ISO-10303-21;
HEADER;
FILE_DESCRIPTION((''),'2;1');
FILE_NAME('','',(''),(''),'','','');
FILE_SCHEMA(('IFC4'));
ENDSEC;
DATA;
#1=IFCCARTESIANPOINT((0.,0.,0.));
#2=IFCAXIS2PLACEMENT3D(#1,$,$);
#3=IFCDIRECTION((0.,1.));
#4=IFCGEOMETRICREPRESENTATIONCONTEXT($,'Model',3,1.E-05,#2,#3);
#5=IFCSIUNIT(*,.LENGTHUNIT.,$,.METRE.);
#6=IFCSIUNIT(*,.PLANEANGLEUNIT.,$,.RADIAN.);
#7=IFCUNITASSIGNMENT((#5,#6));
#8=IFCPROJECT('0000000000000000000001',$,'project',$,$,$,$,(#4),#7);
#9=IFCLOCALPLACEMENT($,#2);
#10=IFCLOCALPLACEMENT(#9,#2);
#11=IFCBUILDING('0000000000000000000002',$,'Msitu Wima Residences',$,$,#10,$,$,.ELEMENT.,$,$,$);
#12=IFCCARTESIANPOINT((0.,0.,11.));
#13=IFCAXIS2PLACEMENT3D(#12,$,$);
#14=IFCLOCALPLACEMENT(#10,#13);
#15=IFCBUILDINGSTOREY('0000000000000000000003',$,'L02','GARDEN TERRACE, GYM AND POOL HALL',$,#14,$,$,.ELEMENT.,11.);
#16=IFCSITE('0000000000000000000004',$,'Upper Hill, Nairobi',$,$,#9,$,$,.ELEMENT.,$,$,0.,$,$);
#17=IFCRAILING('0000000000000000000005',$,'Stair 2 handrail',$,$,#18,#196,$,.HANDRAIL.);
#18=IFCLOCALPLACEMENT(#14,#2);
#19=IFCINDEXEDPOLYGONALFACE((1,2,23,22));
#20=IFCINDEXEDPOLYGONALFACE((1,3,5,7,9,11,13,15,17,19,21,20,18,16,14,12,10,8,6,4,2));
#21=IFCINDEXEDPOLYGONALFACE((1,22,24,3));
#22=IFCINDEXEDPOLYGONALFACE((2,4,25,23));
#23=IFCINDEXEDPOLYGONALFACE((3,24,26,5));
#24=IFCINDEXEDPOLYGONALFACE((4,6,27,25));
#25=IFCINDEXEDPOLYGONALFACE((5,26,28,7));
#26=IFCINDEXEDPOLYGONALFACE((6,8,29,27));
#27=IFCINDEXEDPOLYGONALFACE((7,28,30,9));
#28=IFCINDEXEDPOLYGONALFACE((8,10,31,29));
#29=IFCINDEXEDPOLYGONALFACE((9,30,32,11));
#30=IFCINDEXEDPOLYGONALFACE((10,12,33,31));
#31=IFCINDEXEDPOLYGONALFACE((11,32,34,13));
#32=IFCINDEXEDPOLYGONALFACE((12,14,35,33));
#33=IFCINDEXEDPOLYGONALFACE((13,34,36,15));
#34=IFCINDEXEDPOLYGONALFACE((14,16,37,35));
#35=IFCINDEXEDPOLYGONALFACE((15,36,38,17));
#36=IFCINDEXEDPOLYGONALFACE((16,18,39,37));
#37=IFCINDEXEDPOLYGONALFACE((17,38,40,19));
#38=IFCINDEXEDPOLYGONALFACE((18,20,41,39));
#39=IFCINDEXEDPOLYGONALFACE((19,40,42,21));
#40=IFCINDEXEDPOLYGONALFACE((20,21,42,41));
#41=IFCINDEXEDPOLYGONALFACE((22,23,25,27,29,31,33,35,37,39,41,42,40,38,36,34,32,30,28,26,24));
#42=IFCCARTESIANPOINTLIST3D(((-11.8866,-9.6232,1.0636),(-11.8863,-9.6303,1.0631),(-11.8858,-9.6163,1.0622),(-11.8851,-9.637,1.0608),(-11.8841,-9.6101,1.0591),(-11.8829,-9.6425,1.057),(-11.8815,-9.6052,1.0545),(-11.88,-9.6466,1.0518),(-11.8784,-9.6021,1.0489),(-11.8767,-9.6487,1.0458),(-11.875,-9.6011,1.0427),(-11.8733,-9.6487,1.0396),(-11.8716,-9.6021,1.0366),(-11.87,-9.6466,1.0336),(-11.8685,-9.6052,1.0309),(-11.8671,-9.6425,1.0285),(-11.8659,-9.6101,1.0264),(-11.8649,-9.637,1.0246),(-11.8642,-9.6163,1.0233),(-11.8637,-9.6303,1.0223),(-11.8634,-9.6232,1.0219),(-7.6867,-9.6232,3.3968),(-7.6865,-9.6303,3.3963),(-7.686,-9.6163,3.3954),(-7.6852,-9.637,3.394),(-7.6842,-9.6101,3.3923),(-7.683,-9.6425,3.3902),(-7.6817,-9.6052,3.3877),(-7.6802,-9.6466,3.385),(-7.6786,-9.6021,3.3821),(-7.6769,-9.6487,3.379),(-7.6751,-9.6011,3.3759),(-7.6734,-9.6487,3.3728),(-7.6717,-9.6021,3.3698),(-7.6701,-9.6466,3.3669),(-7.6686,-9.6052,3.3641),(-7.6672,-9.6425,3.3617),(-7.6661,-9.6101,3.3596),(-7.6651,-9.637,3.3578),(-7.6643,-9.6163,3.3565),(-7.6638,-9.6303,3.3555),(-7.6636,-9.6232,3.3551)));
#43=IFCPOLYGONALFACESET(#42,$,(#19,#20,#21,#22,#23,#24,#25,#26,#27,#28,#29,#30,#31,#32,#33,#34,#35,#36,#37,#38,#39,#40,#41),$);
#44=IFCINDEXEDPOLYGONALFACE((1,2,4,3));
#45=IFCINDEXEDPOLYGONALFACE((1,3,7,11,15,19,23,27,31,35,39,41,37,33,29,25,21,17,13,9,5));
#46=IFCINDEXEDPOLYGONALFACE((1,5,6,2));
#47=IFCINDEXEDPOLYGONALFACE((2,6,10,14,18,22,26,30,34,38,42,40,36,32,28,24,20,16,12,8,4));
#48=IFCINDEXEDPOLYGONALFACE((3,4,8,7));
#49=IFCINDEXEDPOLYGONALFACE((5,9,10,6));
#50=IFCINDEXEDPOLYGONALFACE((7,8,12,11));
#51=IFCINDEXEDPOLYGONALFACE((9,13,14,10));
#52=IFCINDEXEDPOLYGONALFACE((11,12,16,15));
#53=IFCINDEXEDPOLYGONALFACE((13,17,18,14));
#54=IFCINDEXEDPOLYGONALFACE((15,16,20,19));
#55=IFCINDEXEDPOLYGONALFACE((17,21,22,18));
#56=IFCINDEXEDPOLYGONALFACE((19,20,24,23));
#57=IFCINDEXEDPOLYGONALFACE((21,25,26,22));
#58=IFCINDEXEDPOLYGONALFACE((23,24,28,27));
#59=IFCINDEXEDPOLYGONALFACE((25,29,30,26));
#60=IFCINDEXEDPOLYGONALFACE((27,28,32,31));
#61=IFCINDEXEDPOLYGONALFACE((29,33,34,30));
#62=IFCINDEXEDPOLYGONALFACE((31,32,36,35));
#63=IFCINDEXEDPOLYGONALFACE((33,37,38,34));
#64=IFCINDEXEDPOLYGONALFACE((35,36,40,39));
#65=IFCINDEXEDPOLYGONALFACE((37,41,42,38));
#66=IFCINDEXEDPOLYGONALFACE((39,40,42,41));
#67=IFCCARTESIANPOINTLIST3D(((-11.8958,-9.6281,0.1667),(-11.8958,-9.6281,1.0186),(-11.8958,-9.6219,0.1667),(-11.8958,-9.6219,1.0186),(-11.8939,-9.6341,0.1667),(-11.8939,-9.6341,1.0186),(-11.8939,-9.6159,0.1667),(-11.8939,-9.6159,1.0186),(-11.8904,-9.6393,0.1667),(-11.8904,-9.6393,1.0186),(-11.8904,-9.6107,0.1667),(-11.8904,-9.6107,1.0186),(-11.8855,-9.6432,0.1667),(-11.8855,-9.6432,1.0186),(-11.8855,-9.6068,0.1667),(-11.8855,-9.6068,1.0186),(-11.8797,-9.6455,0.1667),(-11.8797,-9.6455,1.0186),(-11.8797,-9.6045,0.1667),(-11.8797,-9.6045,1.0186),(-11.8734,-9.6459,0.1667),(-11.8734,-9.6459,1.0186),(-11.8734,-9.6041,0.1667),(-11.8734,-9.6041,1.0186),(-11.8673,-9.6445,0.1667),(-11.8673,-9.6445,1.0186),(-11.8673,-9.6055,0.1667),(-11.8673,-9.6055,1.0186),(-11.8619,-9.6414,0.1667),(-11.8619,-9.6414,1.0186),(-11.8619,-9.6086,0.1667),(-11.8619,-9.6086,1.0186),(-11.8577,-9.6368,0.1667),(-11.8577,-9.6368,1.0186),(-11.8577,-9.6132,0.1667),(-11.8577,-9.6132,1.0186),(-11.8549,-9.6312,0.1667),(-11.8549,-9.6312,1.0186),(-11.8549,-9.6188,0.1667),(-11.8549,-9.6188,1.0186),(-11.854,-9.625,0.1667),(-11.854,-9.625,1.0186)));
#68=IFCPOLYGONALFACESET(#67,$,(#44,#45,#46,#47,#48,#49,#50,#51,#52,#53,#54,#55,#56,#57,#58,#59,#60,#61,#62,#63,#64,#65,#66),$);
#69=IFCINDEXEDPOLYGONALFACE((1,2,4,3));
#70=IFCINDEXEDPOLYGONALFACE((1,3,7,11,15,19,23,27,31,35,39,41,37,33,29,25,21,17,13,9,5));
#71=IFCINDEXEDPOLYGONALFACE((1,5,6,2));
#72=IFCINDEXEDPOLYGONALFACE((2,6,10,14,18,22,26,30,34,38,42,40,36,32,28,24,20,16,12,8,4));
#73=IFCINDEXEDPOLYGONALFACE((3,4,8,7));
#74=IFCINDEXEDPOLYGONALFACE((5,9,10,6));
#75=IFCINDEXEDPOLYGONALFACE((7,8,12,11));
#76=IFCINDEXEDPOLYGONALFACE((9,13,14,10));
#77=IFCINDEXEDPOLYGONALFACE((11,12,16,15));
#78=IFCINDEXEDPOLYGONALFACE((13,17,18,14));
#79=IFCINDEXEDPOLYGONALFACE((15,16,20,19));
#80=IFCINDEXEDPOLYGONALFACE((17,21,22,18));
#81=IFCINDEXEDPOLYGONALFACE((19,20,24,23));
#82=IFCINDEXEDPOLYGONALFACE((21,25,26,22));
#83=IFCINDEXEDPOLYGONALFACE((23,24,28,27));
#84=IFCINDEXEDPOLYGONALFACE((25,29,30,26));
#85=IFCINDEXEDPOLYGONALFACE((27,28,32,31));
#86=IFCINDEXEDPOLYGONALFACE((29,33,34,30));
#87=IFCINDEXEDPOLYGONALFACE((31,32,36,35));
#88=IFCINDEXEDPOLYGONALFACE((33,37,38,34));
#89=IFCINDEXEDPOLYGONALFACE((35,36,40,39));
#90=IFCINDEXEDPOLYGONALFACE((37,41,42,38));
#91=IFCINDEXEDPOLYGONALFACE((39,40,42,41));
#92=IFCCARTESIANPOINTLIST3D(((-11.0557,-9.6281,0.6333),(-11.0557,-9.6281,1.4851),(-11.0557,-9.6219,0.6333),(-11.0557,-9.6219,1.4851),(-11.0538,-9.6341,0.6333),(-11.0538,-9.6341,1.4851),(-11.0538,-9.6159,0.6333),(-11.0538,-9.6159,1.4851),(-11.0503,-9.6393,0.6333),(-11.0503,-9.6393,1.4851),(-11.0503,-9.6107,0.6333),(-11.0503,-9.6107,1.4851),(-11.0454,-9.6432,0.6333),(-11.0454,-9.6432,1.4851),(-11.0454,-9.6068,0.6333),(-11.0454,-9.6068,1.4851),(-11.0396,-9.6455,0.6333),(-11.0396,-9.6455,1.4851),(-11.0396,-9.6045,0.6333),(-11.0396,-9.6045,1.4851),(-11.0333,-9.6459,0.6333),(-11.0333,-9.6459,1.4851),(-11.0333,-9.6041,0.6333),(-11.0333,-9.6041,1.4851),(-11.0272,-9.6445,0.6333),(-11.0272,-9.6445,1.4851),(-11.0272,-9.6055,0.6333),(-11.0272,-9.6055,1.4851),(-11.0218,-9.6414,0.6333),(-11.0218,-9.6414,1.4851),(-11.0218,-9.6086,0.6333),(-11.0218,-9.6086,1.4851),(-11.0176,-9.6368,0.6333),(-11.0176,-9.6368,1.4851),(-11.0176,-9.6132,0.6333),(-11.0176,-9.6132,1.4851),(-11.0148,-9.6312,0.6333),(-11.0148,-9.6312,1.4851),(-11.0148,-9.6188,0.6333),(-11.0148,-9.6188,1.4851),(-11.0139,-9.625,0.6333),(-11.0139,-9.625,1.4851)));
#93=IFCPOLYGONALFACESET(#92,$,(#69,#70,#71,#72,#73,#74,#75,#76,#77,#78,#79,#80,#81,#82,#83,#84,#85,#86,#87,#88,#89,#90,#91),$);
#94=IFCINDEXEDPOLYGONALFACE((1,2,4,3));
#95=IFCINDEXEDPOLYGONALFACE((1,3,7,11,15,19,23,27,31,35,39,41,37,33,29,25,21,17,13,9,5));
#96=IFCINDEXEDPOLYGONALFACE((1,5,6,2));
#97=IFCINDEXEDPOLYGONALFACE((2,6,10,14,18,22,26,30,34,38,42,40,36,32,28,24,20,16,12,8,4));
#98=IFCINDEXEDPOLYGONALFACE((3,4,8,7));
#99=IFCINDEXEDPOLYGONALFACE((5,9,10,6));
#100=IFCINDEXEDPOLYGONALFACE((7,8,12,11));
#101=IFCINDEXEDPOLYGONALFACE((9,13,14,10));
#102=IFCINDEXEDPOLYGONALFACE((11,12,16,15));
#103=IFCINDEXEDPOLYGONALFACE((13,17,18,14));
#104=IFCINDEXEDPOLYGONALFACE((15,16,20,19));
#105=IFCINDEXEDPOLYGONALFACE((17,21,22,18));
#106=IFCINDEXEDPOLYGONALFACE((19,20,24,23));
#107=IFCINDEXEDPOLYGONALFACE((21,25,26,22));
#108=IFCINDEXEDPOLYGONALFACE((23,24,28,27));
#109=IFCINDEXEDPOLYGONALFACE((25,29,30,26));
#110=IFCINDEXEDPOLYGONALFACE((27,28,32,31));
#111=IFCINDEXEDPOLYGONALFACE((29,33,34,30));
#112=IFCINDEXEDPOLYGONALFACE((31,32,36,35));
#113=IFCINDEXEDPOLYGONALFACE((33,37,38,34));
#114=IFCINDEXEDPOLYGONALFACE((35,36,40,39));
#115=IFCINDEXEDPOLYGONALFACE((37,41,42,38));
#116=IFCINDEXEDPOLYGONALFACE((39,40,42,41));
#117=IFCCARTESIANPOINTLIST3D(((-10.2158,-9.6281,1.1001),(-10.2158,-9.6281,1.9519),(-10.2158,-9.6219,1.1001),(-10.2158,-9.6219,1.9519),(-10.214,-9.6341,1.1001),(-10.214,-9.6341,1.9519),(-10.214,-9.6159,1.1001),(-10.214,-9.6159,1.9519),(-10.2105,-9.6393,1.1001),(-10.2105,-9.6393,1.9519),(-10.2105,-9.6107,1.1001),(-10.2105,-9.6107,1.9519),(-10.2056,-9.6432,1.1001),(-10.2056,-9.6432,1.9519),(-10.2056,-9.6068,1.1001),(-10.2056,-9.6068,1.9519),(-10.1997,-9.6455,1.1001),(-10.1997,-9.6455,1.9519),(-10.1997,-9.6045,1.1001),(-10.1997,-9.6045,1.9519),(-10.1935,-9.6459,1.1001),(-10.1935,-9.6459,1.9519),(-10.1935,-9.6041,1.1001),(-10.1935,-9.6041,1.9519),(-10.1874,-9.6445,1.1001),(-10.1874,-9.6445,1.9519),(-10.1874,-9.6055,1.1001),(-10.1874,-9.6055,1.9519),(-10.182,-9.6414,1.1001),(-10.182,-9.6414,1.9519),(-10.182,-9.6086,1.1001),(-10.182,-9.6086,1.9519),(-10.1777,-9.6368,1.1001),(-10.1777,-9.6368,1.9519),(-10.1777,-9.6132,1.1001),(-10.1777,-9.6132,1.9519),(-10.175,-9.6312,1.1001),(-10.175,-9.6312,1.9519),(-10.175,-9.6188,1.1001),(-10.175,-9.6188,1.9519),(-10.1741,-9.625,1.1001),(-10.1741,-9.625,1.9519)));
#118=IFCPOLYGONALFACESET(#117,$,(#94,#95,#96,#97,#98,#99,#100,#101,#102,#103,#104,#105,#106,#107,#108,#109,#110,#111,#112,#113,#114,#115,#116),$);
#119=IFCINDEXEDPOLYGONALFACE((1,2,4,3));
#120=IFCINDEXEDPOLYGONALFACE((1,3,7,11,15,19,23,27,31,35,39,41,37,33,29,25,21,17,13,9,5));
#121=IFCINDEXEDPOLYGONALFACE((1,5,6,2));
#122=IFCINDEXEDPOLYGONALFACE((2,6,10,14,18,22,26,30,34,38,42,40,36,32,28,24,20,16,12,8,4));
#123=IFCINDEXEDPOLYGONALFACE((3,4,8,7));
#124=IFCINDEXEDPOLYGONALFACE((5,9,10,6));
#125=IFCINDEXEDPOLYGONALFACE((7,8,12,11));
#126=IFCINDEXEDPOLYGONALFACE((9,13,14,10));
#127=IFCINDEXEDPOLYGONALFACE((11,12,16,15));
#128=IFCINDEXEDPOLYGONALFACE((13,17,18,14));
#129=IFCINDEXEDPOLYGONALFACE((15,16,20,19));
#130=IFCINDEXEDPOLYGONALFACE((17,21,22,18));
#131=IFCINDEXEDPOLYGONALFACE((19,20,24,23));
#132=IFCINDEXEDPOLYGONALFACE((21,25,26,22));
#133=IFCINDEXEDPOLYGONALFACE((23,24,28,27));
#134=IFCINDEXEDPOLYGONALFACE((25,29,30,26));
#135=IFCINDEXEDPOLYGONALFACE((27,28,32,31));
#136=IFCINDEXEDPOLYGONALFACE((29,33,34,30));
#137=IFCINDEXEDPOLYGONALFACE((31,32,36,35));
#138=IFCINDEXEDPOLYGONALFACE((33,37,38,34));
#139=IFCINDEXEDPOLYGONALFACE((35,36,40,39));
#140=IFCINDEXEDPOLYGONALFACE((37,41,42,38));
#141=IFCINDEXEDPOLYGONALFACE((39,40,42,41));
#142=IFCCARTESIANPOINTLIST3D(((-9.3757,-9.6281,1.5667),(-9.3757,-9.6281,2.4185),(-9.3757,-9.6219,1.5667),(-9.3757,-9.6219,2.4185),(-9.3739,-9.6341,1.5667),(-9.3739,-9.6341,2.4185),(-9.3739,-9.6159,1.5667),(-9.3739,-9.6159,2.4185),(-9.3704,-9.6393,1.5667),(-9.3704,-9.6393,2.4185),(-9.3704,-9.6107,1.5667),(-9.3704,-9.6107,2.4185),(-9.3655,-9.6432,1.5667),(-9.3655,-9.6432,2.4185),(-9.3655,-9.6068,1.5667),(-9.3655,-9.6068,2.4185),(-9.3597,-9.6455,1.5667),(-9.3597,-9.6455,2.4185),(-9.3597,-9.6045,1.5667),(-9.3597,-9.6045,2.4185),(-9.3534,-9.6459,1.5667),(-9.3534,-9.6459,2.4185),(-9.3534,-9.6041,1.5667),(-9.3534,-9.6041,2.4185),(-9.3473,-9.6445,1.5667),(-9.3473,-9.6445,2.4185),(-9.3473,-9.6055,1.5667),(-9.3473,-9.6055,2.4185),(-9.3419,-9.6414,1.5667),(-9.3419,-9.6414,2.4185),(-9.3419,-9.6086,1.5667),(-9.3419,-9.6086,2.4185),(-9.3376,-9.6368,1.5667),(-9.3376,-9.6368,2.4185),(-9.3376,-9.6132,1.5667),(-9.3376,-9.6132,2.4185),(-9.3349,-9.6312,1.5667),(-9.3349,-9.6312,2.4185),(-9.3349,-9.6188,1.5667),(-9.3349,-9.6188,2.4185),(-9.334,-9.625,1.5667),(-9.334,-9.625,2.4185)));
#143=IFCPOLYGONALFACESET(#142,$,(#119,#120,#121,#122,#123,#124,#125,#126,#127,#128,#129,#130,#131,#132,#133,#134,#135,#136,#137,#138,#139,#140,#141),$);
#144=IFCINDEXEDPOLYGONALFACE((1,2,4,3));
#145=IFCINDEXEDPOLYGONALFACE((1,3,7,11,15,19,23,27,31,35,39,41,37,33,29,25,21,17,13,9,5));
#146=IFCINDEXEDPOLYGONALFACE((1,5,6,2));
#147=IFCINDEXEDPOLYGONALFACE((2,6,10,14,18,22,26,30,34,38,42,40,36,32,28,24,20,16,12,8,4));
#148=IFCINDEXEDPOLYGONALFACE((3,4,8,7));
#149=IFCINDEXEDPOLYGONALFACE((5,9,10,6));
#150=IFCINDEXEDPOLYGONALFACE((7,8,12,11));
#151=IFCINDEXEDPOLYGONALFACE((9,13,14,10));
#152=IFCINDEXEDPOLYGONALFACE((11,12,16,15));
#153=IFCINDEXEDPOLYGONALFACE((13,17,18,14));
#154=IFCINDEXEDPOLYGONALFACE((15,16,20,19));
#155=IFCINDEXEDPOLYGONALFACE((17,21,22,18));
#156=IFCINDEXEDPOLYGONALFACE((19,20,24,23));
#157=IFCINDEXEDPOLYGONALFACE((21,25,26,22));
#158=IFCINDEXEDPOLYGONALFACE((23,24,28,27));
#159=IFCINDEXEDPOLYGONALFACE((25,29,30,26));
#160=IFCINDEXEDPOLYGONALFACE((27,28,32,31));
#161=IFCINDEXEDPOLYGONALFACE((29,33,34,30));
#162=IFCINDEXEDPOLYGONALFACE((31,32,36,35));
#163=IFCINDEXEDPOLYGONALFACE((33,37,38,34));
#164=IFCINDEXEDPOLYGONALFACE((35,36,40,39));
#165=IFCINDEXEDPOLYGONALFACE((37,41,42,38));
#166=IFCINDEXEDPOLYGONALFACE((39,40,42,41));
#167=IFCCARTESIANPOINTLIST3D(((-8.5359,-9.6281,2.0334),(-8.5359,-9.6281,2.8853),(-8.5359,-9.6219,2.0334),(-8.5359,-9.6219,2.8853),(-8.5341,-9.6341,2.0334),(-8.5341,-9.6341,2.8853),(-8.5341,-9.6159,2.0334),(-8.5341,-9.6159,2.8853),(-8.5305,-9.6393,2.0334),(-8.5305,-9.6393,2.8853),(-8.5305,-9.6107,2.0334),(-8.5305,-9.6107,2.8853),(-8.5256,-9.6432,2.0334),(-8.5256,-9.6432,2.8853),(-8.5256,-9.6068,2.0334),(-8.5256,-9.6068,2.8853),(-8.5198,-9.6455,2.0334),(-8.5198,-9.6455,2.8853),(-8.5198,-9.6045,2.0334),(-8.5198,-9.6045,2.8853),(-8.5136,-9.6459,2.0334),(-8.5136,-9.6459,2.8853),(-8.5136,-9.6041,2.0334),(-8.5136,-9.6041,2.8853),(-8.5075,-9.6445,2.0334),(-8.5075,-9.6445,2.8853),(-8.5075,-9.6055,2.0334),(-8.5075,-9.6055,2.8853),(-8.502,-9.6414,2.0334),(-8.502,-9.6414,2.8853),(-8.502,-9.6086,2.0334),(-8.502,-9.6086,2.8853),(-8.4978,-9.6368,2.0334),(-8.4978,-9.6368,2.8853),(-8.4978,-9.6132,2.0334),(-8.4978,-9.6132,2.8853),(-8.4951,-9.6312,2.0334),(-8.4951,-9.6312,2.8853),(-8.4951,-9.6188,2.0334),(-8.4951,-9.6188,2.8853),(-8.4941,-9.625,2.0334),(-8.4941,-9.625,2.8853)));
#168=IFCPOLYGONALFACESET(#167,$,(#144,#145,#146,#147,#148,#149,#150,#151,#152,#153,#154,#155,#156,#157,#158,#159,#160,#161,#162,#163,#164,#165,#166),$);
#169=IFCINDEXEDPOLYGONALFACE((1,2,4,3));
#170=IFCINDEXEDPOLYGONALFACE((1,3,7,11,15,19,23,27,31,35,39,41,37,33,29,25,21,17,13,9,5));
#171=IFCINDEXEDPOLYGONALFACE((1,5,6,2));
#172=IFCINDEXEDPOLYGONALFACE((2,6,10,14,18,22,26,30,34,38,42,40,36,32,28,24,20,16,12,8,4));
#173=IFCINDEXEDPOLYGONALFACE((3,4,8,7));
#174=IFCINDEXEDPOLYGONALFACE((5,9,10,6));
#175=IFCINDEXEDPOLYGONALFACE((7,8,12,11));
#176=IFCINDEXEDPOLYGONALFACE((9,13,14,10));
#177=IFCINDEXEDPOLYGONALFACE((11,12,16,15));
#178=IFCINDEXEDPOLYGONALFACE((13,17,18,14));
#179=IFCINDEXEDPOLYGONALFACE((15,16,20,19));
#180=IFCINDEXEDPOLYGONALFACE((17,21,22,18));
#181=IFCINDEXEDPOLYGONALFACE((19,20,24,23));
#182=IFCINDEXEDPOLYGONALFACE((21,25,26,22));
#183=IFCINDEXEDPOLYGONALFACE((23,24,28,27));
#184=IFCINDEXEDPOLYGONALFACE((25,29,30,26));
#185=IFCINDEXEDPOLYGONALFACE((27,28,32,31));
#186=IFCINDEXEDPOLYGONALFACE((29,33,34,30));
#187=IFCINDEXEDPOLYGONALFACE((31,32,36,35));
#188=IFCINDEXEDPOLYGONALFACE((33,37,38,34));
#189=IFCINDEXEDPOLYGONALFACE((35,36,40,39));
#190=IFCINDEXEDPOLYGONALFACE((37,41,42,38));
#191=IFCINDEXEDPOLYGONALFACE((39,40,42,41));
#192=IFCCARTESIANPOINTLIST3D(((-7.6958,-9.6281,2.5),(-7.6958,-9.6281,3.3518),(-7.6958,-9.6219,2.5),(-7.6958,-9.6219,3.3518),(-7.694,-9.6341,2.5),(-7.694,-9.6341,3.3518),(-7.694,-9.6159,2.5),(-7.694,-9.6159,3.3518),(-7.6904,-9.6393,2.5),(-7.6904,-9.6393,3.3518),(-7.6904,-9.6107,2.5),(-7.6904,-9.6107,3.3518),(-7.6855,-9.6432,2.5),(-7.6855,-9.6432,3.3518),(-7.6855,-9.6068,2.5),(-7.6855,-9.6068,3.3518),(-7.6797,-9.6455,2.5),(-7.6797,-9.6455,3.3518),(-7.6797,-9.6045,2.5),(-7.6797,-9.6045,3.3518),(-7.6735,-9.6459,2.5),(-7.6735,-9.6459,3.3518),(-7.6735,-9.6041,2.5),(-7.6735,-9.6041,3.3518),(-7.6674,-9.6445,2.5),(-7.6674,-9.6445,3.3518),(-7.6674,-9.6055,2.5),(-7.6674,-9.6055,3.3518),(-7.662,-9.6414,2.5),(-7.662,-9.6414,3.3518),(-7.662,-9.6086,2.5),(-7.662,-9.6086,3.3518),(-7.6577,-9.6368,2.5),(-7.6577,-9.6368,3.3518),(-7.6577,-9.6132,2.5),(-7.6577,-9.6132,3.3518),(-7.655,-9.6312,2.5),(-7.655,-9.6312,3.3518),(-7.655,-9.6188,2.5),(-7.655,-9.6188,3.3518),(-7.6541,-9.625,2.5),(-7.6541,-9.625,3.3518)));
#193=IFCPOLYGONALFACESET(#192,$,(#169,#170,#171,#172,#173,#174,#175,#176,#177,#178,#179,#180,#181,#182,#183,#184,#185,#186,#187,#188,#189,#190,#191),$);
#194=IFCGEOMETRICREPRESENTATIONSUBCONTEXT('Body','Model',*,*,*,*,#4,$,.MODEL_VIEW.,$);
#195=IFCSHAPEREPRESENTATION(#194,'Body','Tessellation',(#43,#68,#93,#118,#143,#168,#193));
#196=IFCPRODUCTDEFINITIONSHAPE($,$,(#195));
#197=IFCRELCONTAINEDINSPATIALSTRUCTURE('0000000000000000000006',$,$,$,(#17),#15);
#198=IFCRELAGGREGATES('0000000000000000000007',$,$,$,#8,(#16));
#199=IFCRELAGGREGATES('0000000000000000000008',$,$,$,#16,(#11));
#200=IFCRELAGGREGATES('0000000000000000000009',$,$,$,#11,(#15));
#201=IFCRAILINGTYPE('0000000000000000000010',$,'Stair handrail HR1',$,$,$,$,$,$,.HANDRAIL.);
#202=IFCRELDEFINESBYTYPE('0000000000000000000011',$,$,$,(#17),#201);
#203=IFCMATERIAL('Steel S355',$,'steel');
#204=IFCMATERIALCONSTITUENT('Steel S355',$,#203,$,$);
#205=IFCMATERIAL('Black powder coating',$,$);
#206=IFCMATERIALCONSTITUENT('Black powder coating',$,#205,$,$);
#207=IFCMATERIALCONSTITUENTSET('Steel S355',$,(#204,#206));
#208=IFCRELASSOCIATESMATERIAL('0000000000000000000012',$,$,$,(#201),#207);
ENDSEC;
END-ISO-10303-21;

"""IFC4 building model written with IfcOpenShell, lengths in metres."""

from ifc_helpers import new_model, si_unit, direction, frame, origin, origin_2d, place, context, subcontext, project, spatial, circle, extrude, material, constituent, constituent_set, type_object, element, save


model = new_model("IFC4")

# Units and contexts
model_context = context("Model", 3, precision=1e-05, world=origin(), true_north=direction((0.0, 1.0)))
body_context = subcontext(model_context, "Body", "Model", "MODEL_VIEW")
ifc_project = project(units=[si_unit("LENGTHUNIT", "METRE"), si_unit("PLANEANGLEUNIT", "RADIAN")], contexts=[model_context])

# Site, building, storey
site_placement = place(None, origin())
site = spatial("IfcSite", under=ifc_project, at=site_placement, Name="Upper Hill, Nairobi", CompositionType="ELEMENT", RefElevation=0.0)
building_placement = place(site_placement, origin())
building = spatial("IfcBuilding", under=site, at=building_placement, Name="Msitu Wima Residences", CompositionType="ELEMENT")
storey_placement = place(building_placement, frame((0.0, 0.0, 11.0)))
storey = spatial("IfcBuildingStorey", under=building, at=storey_placement, Name="L02", Description="GARDEN TERRACE, GYM AND POOL HALL", CompositionType="ELEMENT", Elevation=11.0)

# Railing
ifc_material_1 = material(Name="Steel S355", Category="steel")
ifc_constituent_1 = constituent(ifc_material_1, Name="Steel S355")
ifc_material_2 = material(Name="Black powder coating")
ifc_constituent_2 = constituent(ifc_material_2, Name="Black powder coating")
ifc_constituent_set = constituent_set(constituents=[ifc_constituent_1, ifc_constituent_2], Name="Steel S355")
railing_type = type_object("IfcRailingType", Name="Stair handrail HR1", PredefinedType="HANDRAIL", material=ifc_constituent_set)
railing_placement = place(storey_placement, frame((-11.875, -9.625, 0.1667)))
element("IfcRailing", 1, at=railing_placement, inside=storey, type_object=railing_type, Name="Stair 2 handrail", PredefinedType="HANDRAIL", context=body_context, shape_type="SweptSolid", body=[
    extrude(circle(Radius=0.0239, at=origin_2d()), frame((0.0, 0.0, 0.876), z_axis=(0.874162, 0.0, 0.485634), x_axis=(0.0, 1.0, 0.0)), (0.0, 0.0, 1.0), 4.8044),
    extrude(circle(Radius=0.021, at=origin_2d()), origin(), (0.0, 0.0, 1.0), 0.8518),
    extrude(circle(Radius=0.021, at=origin_2d()), frame((0.8401, 0.0, 0.4666)), (0.0, 0.0, 1.0), 0.8518),
    extrude(circle(Radius=0.021, at=origin_2d()), frame((1.6799, 0.0, 0.9333)), (0.0, 0.0, 1.0), 0.8518),
    extrude(circle(Radius=0.021, at=origin_2d()), frame((2.52, 0.0, 1.3999)), (0.0, 0.0, 1.0), 0.8518),
    extrude(circle(Radius=0.021, at=origin_2d()), frame((3.3599, 0.0, 1.8667)), (0.0, 0.0, 1.0), 0.8518),
    extrude(circle(Radius=0.021, at=origin_2d()), frame((4.2, 0.0, 2.3333)), (0.0, 0.0, 1.0), 0.8518),
])

save(model, "model.ifc")
